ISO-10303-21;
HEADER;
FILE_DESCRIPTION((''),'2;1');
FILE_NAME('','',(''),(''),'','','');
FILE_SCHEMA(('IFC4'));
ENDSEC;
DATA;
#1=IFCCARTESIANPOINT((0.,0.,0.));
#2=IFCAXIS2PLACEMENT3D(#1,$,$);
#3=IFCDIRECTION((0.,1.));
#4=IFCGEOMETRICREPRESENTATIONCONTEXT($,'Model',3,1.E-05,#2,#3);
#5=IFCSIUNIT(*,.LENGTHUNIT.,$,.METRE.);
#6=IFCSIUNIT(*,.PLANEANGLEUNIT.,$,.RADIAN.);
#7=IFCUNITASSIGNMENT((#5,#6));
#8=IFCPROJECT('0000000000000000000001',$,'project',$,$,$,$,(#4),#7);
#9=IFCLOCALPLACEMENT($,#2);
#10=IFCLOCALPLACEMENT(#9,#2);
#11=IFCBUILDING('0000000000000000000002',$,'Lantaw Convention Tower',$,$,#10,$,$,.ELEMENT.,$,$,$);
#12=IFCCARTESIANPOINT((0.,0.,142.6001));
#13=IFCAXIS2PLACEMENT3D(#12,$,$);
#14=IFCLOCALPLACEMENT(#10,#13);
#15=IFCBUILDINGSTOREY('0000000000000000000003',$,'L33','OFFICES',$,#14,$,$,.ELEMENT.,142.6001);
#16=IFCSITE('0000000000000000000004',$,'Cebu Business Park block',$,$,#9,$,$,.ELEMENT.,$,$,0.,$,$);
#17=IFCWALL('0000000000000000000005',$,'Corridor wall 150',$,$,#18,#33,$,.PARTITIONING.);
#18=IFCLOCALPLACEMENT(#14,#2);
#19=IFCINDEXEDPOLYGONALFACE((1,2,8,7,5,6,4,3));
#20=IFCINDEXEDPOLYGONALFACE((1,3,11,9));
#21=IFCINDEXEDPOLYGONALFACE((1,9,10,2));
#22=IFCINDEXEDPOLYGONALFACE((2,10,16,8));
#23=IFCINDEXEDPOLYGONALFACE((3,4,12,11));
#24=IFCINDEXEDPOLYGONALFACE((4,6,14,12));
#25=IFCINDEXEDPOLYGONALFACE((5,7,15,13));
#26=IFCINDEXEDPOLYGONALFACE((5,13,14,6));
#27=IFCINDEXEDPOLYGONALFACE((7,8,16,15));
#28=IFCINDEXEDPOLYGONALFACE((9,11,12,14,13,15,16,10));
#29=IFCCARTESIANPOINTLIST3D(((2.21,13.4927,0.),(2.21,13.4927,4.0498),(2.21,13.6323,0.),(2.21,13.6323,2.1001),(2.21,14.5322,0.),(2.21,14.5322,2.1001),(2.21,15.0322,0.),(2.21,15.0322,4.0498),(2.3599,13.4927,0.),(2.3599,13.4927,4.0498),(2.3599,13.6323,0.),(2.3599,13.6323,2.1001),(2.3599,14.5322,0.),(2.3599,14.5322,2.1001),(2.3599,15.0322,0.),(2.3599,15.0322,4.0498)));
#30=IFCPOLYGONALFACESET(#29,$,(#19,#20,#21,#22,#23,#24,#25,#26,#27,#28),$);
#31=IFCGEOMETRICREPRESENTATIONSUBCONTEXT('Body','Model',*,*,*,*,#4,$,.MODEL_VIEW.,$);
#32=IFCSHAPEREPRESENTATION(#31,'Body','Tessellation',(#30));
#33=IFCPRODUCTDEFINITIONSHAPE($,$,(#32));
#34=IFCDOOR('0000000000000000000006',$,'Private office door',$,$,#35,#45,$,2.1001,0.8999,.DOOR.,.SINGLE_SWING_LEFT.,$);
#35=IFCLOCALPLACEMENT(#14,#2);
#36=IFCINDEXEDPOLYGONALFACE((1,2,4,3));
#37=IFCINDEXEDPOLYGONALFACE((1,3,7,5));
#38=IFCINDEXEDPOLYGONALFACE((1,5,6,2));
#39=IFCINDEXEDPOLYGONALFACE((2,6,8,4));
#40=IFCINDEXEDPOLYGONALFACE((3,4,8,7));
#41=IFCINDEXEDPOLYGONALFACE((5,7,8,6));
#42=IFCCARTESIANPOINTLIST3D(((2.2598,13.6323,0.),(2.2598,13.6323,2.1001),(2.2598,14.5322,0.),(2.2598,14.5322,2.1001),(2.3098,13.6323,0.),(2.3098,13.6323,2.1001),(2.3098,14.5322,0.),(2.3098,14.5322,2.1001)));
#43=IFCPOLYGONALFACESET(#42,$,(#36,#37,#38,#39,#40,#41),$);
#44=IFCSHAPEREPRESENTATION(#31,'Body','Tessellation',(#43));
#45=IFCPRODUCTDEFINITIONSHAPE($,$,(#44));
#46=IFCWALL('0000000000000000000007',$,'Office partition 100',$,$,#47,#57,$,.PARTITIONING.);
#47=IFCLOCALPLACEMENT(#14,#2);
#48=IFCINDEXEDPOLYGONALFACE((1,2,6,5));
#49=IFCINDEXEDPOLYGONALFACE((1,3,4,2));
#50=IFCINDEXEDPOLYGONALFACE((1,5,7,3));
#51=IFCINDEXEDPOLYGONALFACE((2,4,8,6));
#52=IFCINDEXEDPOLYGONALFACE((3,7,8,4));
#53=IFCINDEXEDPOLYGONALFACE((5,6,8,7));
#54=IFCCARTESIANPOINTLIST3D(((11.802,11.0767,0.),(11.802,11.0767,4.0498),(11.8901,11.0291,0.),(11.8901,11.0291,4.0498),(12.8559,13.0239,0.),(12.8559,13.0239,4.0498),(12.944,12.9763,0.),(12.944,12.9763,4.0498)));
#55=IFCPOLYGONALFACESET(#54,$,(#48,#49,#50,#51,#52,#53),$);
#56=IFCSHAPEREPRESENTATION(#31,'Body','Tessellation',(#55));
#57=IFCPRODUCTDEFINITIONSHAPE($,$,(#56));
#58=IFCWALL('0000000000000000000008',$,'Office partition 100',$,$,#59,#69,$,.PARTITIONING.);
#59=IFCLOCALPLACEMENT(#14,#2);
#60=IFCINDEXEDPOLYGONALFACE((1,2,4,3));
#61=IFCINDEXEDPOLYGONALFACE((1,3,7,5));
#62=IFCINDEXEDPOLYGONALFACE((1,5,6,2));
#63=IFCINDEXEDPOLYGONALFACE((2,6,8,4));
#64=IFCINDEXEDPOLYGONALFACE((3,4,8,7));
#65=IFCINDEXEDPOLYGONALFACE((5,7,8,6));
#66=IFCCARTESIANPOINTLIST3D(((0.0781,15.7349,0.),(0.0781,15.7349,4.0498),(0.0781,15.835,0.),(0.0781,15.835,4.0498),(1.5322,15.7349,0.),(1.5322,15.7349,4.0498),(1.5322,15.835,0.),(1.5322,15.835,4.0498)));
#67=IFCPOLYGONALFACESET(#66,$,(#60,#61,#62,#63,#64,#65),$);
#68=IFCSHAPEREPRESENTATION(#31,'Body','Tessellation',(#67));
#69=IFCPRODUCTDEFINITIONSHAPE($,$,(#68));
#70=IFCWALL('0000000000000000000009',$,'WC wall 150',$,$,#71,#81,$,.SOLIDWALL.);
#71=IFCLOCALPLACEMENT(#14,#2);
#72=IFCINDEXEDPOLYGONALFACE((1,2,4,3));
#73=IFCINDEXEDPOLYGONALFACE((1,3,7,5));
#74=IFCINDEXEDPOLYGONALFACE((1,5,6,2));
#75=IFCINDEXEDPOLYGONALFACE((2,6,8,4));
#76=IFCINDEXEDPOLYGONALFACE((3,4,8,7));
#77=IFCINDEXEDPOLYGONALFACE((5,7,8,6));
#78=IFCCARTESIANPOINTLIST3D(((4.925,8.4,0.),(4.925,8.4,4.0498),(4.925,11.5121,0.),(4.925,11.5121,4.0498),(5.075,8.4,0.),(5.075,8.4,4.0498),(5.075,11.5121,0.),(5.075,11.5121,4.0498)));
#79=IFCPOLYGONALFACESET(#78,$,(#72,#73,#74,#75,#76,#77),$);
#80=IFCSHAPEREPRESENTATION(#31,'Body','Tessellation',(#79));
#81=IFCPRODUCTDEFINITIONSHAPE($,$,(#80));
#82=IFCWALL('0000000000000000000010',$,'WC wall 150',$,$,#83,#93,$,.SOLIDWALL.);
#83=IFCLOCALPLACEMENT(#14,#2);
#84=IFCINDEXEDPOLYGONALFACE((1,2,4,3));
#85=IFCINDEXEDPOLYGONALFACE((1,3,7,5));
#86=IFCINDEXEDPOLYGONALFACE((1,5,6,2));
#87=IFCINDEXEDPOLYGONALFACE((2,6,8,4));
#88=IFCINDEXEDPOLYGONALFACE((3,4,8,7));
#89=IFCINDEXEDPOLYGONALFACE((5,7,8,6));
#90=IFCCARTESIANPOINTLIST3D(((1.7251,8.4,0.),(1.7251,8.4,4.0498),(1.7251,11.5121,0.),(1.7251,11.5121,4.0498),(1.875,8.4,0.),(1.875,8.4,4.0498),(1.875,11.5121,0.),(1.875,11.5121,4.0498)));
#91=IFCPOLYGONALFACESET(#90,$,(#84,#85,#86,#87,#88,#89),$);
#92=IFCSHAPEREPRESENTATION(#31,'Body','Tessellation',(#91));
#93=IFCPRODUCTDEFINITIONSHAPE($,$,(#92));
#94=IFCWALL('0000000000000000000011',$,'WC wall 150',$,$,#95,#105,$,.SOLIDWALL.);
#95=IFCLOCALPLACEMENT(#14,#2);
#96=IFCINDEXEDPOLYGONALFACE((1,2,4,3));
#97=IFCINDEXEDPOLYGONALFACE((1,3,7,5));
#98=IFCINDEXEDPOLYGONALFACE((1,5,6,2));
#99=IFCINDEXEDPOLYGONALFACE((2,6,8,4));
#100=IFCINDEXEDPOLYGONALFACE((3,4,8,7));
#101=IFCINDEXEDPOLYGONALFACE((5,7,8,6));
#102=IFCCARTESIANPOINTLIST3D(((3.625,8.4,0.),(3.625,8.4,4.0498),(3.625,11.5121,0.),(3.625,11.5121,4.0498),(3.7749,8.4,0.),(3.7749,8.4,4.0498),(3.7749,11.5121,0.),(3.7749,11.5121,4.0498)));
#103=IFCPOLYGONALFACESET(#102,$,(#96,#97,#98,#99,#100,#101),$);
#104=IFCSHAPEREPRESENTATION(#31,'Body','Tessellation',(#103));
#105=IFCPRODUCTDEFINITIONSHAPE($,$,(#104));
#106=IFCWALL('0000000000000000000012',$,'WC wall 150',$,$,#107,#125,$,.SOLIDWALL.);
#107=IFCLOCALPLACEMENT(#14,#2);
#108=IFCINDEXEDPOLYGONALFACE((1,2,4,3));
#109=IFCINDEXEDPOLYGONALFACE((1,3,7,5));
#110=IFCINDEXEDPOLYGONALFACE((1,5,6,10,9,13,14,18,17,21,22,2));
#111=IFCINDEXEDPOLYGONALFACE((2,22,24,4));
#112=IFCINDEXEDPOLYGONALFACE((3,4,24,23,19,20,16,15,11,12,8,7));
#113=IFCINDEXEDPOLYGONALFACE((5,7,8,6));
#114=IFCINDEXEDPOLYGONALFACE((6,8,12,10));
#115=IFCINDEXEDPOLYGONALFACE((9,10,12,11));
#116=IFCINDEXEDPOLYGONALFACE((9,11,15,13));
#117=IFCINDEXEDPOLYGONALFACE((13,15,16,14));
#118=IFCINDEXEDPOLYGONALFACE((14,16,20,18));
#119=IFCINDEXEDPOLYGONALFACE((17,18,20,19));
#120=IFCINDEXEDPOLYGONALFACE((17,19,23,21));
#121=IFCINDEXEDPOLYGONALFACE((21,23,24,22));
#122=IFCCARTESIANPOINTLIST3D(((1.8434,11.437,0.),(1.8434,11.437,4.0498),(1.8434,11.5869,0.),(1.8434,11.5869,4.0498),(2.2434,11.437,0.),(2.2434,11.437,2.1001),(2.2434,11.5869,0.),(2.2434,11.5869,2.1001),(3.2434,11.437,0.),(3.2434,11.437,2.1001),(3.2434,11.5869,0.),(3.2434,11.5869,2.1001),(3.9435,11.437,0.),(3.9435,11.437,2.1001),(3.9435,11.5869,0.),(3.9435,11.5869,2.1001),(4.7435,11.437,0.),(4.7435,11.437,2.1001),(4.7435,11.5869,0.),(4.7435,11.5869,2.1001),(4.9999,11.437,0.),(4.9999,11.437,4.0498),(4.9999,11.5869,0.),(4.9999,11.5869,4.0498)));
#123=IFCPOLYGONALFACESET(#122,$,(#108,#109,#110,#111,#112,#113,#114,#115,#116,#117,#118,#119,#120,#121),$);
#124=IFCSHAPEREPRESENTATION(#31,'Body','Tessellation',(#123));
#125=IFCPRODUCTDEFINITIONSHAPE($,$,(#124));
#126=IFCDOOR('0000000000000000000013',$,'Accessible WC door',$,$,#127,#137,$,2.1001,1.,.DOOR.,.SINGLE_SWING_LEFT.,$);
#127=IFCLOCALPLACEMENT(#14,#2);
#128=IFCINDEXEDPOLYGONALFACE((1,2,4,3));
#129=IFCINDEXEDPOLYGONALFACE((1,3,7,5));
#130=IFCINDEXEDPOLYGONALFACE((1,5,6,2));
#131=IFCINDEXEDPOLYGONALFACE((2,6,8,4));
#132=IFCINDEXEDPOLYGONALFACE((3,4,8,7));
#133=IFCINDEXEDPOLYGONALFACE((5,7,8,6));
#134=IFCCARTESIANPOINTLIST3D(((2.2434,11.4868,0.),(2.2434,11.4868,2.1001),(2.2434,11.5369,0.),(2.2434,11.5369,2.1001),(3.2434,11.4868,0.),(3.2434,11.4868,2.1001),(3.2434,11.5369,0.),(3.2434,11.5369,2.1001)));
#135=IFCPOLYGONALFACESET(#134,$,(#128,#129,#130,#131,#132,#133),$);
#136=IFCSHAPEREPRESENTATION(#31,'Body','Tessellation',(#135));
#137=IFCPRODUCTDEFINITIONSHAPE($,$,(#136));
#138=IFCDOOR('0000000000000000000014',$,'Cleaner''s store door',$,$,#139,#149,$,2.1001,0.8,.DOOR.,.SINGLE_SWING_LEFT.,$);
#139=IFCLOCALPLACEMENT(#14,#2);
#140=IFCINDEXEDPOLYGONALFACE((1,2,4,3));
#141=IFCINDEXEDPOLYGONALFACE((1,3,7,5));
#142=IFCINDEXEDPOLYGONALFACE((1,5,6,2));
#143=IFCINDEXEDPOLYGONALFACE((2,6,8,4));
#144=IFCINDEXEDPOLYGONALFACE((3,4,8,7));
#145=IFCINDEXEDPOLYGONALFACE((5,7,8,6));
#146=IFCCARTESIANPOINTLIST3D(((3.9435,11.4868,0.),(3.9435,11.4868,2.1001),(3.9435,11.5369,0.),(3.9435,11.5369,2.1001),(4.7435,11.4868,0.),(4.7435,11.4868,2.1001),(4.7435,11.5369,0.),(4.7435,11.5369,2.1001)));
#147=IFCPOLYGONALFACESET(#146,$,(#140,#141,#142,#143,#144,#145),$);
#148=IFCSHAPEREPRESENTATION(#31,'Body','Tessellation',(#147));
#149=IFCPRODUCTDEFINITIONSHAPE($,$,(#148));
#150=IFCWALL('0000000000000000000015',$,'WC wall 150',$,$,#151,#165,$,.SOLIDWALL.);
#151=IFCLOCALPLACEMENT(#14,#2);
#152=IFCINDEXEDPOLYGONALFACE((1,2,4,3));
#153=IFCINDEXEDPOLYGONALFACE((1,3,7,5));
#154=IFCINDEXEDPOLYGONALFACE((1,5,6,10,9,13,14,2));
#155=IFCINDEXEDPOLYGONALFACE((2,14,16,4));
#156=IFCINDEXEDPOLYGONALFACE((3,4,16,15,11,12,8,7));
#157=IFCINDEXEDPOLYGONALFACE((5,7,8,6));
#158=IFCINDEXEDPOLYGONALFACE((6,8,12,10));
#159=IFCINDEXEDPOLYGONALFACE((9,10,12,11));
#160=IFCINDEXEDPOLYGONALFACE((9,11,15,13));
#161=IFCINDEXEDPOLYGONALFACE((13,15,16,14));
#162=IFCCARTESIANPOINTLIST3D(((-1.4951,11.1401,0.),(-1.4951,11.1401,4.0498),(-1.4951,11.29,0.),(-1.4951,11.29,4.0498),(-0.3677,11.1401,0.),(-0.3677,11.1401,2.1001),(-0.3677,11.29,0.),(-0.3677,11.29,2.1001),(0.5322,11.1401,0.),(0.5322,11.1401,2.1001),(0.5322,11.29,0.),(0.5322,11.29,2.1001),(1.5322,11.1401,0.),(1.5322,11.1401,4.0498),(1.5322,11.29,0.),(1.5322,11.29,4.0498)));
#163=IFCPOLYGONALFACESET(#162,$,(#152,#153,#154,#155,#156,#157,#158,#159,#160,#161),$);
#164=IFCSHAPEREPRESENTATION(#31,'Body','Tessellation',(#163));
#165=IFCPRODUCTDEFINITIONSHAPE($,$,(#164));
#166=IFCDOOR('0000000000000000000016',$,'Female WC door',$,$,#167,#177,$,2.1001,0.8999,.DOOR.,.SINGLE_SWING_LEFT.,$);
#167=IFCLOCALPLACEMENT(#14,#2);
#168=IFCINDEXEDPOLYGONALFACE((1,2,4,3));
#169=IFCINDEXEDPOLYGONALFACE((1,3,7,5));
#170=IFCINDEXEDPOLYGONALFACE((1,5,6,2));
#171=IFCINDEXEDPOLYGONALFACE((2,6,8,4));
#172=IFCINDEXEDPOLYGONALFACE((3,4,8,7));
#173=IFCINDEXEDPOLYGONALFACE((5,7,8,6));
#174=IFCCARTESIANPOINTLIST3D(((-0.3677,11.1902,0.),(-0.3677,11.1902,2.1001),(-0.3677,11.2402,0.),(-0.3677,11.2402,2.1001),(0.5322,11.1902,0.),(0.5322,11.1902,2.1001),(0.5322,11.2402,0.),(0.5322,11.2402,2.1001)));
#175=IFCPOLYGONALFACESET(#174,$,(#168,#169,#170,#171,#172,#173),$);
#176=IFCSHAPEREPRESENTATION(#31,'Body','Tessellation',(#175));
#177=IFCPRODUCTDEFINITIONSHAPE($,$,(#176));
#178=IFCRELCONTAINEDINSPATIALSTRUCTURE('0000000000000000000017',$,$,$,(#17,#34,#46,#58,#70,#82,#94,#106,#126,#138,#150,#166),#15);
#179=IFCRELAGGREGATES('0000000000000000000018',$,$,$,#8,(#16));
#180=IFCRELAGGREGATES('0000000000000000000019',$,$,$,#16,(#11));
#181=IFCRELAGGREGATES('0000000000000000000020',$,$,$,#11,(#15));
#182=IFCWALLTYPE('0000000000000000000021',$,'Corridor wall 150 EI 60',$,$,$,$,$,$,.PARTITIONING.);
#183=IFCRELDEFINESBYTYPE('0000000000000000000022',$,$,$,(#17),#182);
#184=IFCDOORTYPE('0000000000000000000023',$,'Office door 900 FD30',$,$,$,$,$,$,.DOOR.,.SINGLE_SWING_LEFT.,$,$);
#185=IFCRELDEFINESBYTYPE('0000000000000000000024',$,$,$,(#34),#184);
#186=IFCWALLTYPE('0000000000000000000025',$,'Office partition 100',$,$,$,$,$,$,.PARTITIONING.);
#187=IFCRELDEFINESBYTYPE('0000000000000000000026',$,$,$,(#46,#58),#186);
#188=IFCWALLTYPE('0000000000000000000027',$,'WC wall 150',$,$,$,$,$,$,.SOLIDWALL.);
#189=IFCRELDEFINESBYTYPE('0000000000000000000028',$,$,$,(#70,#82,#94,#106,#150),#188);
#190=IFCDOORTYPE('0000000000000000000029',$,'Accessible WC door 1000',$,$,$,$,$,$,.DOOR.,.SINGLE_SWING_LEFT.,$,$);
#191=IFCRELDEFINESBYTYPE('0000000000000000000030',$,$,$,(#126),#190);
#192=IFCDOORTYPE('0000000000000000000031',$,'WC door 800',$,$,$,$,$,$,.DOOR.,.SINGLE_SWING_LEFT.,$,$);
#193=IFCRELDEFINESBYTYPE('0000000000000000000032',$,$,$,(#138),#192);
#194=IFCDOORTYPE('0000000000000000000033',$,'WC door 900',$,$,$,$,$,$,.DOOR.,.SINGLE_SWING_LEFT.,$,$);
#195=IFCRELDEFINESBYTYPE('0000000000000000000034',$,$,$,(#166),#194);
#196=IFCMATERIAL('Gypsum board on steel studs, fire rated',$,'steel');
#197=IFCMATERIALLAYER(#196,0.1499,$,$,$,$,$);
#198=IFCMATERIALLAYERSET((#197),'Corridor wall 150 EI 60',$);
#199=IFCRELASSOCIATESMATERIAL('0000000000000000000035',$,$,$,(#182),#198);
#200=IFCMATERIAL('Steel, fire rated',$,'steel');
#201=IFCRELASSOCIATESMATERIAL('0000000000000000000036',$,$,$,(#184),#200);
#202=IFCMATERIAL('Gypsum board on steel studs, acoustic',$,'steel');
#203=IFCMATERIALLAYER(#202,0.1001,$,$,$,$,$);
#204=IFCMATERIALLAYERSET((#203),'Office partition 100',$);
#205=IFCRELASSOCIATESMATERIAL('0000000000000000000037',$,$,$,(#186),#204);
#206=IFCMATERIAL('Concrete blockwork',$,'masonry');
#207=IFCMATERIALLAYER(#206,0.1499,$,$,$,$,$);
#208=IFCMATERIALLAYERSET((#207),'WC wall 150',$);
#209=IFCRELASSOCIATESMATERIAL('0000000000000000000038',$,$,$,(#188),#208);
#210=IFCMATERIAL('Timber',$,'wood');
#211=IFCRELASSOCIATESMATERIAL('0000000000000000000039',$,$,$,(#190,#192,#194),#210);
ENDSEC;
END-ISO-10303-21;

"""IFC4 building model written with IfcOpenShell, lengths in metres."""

from ifc_helpers import new_model, si_unit, direction, frame, frame_2d, origin, place, context, subcontext, project, spatial, rectangle, extrude, material, layer, layer_set, type_object, element, fill, save


model = new_model("IFC4")

# Units and contexts
model_context = context("Model", 3, precision=1e-05, world=origin(), true_north=direction((0.0, 1.0)))
body_context = subcontext(model_context, "Body", "Model", "MODEL_VIEW")
ifc_project = project(units=[si_unit("LENGTHUNIT", "METRE"), si_unit("PLANEANGLEUNIT", "RADIAN")], contexts=[model_context])

# Site, building, storey
site_placement = place(None, origin())
site = spatial("IfcSite", under=ifc_project, at=site_placement, Name="Cebu Business Park block", CompositionType="ELEMENT", RefElevation=0.0)
building_placement = place(site_placement, origin())
building = spatial("IfcBuilding", under=site, at=building_placement, Name="Lantaw Convention Tower", CompositionType="ELEMENT")
storey_placement = place(building_placement, frame((0.0, 0.0, 142.6001)))
storey = spatial("IfcBuildingStorey", under=building, at=storey_placement, Name="L33", Description="OFFICES", CompositionType="ELEMENT", Elevation=142.6001)

# Shared definitions
ifc_material_1 = material(Name="Gypsum board on steel studs, fire rated", Category="steel")
ifc_layer_1 = layer(ifc_material_1, 0.1499)
ifc_layer_set_1 = layer_set([ifc_layer_1], Name="Corridor wall 150 EI 60")
wall_type_1 = type_object("IfcWallType", Name="Corridor wall 150 EI 60", PredefinedType="PARTITIONING", material=ifc_layer_set_1)
ifc_material_2 = material(Name="Steel, fire rated", Category="steel")

# Wall, opening, door
wall_1_placement = place(storey_placement, frame((2.2849, 15.0322, 0.0), z_axis=(0.0, 0.0, 1.0), x_axis=(0.0, -1.0, 0.0)))
wall_1 = element("IfcWall", 1, at=wall_1_placement, inside=storey, type_object=wall_type_1, Name="Corridor wall 150", PredefinedType="PARTITIONING", context=body_context, shape_type="SweptSolid", body=[
    extrude(rectangle(XDim=1.5396, YDim=0.1499, at=frame_2d((0.7698, 0.0))), origin(), (0.0, 0.0, 1.0), 4.0498),
])
opening_1_placement = place(wall_1_placement, frame((0.5, 0.0, 0.0)))
opening_1 = element("IfcOpeningElement", 2, at=opening_1_placement, cuts=wall_1, PredefinedType="OPENING", context=body_context, shape_type="SweptSolid", body=[
    extrude(rectangle(XDim=0.8999, YDim=2.1001, at=frame_2d((0.45, 1.05))), frame((0.0, 0.085, 0.0), z_axis=(0.0, -1.0, 0.0), x_axis=(1.0, 0.0, 0.0)), (0.0, 0.0, 1.0), 0.1699),
])
door_type_1 = type_object("IfcDoorType", Name="Office door 900 FD30", OperationType="SINGLE_SWING_LEFT", PredefinedType="DOOR", material=ifc_material_2)
door_1_placement = place(opening_1_placement, origin())
door_1 = element("IfcDoor", 3, at=door_1_placement, inside=storey, type_object=door_type_1, Name="Private office door", OperationType="SINGLE_SWING_LEFT", OverallHeight=2.1001, OverallWidth=0.8999, PredefinedType="DOOR", context=body_context, shape_type="SweptSolid", body=[
    extrude(rectangle(XDim=0.8999, YDim=2.1001, at=frame_2d((0.45, 1.05))), frame((0.0, 0.0249, 0.0), z_axis=(0.0, -1.0, 0.0), x_axis=(1.0, 0.0, 0.0)), (0.0, 0.0, 1.0), 0.05),
])
fill(opening_1, door_1)

# Walls
ifc_material_3 = material(Name="Gypsum board on steel studs, acoustic", Category="steel")
ifc_layer_2 = layer(ifc_material_3, 0.1001)
ifc_layer_set_2 = layer_set([ifc_layer_2], Name="Office partition 100")
wall_type_2 = type_object("IfcWallType", Name="Office partition 100", PredefinedType="PARTITIONING", material=ifc_layer_set_2)
wall_2_placement = place(storey_placement, frame((12.8999, 13.0, 0.0), z_axis=(0.0, 0.0, 1.0), x_axis=(-0.475999, -0.879446, 0.0)))
element("IfcWall", 4, at=wall_2_placement, inside=storey, type_object=wall_type_2, Name="Office partition 100", PredefinedType="PARTITIONING", context=body_context, shape_type="SweptSolid", body=[
    extrude(rectangle(XDim=2.2141, YDim=0.1001, at=frame_2d((1.1069, 0.0))), origin(), (0.0, 0.0, 1.0), 4.0498),
])
wall_3_placement = place(storey_placement, frame((0.0781, 15.7849, 0.0), z_axis=(0.0, 0.0, 1.0), x_axis=(1.0, 0.0, 0.0)))
element("IfcWall", 5, at=wall_3_placement, inside=storey, type_object=wall_type_2, Name="Office partition 100", PredefinedType="PARTITIONING", context=body_context, shape_type="SweptSolid", body=[
    extrude(rectangle(XDim=1.4541, YDim=0.1001, at=frame_2d((0.7271, 0.0))), origin(), (0.0, 0.0, 1.0), 4.0498),
])
ifc_material_4 = material(Name="Concrete blockwork", Category="masonry")
ifc_layer_3 = layer(ifc_material_4, 0.1499)
ifc_layer_set_3 = layer_set([ifc_layer_3], Name="WC wall 150")
wall_type_3 = type_object("IfcWallType", Name="WC wall 150", PredefinedType="SOLIDWALL", material=ifc_layer_set_3)
for number, where, z_axis, x_axis, name in (
    (6, (5.0, 8.3999, 0.0), (0.0, 0.0, 1.0), (0.0, 1.0, 0.0), "WC wall 150"),
    (7, (1.8, 8.3999, 0.0), (0.0, 0.0, 1.0), (0.0, 1.0, 0.0), "WC wall 150"),
    (8, (3.7, 8.3999, 0.0), (0.0, 0.0, 1.0), (0.0, 1.0, 0.0), "WC wall 150"),
):
    element("IfcWall", number, at=place(storey_placement, frame(where, z_axis=z_axis, x_axis=x_axis)), inside=storey, type_object=wall_type_3, Name=name, PredefinedType="SOLIDWALL", context=body_context, shape_type="SweptSolid", body=[
        extrude(rectangle(XDim=3.1121, YDim=0.1499, at=frame_2d((1.5562, 0.0))), origin(), (0.0, 0.0, 1.0), 4.0498),
    ])

# Wall, openings, doors
wall_4_placement = place(storey_placement, frame((1.8435, 11.512, 0.0), z_axis=(0.0, 0.0, 1.0), x_axis=(1.0, 0.0, 0.0)))
wall_4 = element("IfcWall", 9, at=wall_4_placement, inside=storey, type_object=wall_type_3, Name="WC wall 150", PredefinedType="SOLIDWALL", context=body_context, shape_type="SweptSolid", body=[
    extrude(rectangle(XDim=3.1565, YDim=0.1499, at=frame_2d((1.5781, 0.0))), origin(), (0.0, 0.0, 1.0), 4.0498),
])
opening_2_placement = place(wall_4_placement, frame((0.3999, 0.0, 0.0)))
opening_2 = element("IfcOpeningElement", 10, at=opening_2_placement, cuts=wall_4, PredefinedType="OPENING", context=body_context, shape_type="SweptSolid", body=[
    extrude(rectangle(XDim=1.0, YDim=2.1001, at=frame_2d((0.5, 1.05))), frame((0.0, 0.085, 0.0), z_axis=(0.0, -1.0, 0.0), x_axis=(1.0, 0.0, 0.0)), (0.0, 0.0, 1.0), 0.1699),
])
opening_3_placement = place(wall_4_placement, frame((2.1001, 0.0, 0.0)))
opening_3 = element("IfcOpeningElement", 11, at=opening_3_placement, cuts=wall_4, PredefinedType="OPENING", context=body_context, shape_type="SweptSolid", body=[
    extrude(rectangle(XDim=0.8, YDim=2.1001, at=frame_2d((0.3999, 1.05))), frame((0.0, 0.085, 0.0), z_axis=(0.0, -1.0, 0.0), x_axis=(1.0, 0.0, 0.0)), (0.0, 0.0, 1.0), 0.1699),
])
ifc_material_5 = material(Name="Timber", Category="wood")
door_type_2 = type_object("IfcDoorType", Name="Accessible WC door 1000", OperationType="SINGLE_SWING_LEFT", PredefinedType="DOOR", material=ifc_material_5)
door_2_placement = place(opening_2_placement, origin())
door_2 = element("IfcDoor", 12, at=door_2_placement, inside=storey, type_object=door_type_2, Name="Accessible WC door", OperationType="SINGLE_SWING_LEFT", OverallHeight=2.1001, OverallWidth=1.0, PredefinedType="DOOR", context=body_context, shape_type="SweptSolid", body=[
    extrude(rectangle(XDim=1.0, YDim=2.1001, at=frame_2d((0.5, 1.05))), frame((0.0, 0.0249, 0.0), z_axis=(0.0, -1.0, 0.0), x_axis=(1.0, 0.0, 0.0)), (0.0, 0.0, 1.0), 0.05),
])
fill(opening_2, door_2)
door_type_3 = type_object("IfcDoorType", Name="WC door 800", OperationType="SINGLE_SWING_LEFT", PredefinedType="DOOR", material=ifc_material_5)
door_3_placement = place(opening_3_placement, origin())
door_3 = element("IfcDoor", 13, at=door_3_placement, inside=storey, type_object=door_type_3, Name="Cleaner's store door", OperationType="SINGLE_SWING_LEFT", OverallHeight=2.1001, OverallWidth=0.8, PredefinedType="DOOR", context=body_context, shape_type="SweptSolid", body=[
    extrude(rectangle(XDim=0.8, YDim=2.1001, at=frame_2d((0.3999, 1.05))), frame((0.0, 0.0249, 0.0), z_axis=(0.0, -1.0, 0.0), x_axis=(1.0, 0.0, 0.0)), (0.0, 0.0, 1.0), 0.05),
])
fill(opening_3, door_3)

# Wall, opening, door
wall_5_placement = place(storey_placement, frame((1.5322, 11.2151, 0.0), z_axis=(0.0, 0.0, 1.0), x_axis=(-1.0, 0.0, 0.0)))
wall_5 = element("IfcWall", 14, at=wall_5_placement, inside=storey, type_object=wall_type_3, Name="WC wall 150", PredefinedType="SOLIDWALL", context=body_context, shape_type="SweptSolid", body=[
    extrude(rectangle(XDim=3.0273, YDim=0.1499, at=frame_2d((1.5137, 0.0))), origin(), (0.0, 0.0, 1.0), 4.0498),
])
opening_4_placement = place(wall_5_placement, frame((1.0, 0.0, 0.0)))
opening_4 = element("IfcOpeningElement", 15, at=opening_4_placement, cuts=wall_5, PredefinedType="OPENING", context=body_context, shape_type="SweptSolid", body=[
    extrude(rectangle(XDim=0.8999, YDim=2.1001, at=frame_2d((0.45, 1.05))), frame((0.0, 0.085, 0.0), z_axis=(0.0, -1.0, 0.0), x_axis=(1.0, 0.0, 0.0)), (0.0, 0.0, 1.0), 0.1699),
])
door_type_4 = type_object("IfcDoorType", Name="WC door 900", OperationType="SINGLE_SWING_LEFT", PredefinedType="DOOR", material=ifc_material_5)
door_4_placement = place(opening_4_placement, origin())
door_4 = element("IfcDoor", 16, at=door_4_placement, inside=storey, type_object=door_type_4, Name="Female WC door", OperationType="SINGLE_SWING_LEFT", OverallHeight=2.1001, OverallWidth=0.8999, PredefinedType="DOOR", context=body_context, shape_type="SweptSolid", body=[
    extrude(rectangle(XDim=0.8999, YDim=2.1001, at=frame_2d((0.45, 1.05))), frame((0.0, 0.0249, 0.0), z_axis=(0.0, -1.0, 0.0), x_axis=(1.0, 0.0, 0.0)), (0.0, 0.0, 1.0), 0.05),
])
fill(opening_4, door_4)

save(model, "model.ifc")
